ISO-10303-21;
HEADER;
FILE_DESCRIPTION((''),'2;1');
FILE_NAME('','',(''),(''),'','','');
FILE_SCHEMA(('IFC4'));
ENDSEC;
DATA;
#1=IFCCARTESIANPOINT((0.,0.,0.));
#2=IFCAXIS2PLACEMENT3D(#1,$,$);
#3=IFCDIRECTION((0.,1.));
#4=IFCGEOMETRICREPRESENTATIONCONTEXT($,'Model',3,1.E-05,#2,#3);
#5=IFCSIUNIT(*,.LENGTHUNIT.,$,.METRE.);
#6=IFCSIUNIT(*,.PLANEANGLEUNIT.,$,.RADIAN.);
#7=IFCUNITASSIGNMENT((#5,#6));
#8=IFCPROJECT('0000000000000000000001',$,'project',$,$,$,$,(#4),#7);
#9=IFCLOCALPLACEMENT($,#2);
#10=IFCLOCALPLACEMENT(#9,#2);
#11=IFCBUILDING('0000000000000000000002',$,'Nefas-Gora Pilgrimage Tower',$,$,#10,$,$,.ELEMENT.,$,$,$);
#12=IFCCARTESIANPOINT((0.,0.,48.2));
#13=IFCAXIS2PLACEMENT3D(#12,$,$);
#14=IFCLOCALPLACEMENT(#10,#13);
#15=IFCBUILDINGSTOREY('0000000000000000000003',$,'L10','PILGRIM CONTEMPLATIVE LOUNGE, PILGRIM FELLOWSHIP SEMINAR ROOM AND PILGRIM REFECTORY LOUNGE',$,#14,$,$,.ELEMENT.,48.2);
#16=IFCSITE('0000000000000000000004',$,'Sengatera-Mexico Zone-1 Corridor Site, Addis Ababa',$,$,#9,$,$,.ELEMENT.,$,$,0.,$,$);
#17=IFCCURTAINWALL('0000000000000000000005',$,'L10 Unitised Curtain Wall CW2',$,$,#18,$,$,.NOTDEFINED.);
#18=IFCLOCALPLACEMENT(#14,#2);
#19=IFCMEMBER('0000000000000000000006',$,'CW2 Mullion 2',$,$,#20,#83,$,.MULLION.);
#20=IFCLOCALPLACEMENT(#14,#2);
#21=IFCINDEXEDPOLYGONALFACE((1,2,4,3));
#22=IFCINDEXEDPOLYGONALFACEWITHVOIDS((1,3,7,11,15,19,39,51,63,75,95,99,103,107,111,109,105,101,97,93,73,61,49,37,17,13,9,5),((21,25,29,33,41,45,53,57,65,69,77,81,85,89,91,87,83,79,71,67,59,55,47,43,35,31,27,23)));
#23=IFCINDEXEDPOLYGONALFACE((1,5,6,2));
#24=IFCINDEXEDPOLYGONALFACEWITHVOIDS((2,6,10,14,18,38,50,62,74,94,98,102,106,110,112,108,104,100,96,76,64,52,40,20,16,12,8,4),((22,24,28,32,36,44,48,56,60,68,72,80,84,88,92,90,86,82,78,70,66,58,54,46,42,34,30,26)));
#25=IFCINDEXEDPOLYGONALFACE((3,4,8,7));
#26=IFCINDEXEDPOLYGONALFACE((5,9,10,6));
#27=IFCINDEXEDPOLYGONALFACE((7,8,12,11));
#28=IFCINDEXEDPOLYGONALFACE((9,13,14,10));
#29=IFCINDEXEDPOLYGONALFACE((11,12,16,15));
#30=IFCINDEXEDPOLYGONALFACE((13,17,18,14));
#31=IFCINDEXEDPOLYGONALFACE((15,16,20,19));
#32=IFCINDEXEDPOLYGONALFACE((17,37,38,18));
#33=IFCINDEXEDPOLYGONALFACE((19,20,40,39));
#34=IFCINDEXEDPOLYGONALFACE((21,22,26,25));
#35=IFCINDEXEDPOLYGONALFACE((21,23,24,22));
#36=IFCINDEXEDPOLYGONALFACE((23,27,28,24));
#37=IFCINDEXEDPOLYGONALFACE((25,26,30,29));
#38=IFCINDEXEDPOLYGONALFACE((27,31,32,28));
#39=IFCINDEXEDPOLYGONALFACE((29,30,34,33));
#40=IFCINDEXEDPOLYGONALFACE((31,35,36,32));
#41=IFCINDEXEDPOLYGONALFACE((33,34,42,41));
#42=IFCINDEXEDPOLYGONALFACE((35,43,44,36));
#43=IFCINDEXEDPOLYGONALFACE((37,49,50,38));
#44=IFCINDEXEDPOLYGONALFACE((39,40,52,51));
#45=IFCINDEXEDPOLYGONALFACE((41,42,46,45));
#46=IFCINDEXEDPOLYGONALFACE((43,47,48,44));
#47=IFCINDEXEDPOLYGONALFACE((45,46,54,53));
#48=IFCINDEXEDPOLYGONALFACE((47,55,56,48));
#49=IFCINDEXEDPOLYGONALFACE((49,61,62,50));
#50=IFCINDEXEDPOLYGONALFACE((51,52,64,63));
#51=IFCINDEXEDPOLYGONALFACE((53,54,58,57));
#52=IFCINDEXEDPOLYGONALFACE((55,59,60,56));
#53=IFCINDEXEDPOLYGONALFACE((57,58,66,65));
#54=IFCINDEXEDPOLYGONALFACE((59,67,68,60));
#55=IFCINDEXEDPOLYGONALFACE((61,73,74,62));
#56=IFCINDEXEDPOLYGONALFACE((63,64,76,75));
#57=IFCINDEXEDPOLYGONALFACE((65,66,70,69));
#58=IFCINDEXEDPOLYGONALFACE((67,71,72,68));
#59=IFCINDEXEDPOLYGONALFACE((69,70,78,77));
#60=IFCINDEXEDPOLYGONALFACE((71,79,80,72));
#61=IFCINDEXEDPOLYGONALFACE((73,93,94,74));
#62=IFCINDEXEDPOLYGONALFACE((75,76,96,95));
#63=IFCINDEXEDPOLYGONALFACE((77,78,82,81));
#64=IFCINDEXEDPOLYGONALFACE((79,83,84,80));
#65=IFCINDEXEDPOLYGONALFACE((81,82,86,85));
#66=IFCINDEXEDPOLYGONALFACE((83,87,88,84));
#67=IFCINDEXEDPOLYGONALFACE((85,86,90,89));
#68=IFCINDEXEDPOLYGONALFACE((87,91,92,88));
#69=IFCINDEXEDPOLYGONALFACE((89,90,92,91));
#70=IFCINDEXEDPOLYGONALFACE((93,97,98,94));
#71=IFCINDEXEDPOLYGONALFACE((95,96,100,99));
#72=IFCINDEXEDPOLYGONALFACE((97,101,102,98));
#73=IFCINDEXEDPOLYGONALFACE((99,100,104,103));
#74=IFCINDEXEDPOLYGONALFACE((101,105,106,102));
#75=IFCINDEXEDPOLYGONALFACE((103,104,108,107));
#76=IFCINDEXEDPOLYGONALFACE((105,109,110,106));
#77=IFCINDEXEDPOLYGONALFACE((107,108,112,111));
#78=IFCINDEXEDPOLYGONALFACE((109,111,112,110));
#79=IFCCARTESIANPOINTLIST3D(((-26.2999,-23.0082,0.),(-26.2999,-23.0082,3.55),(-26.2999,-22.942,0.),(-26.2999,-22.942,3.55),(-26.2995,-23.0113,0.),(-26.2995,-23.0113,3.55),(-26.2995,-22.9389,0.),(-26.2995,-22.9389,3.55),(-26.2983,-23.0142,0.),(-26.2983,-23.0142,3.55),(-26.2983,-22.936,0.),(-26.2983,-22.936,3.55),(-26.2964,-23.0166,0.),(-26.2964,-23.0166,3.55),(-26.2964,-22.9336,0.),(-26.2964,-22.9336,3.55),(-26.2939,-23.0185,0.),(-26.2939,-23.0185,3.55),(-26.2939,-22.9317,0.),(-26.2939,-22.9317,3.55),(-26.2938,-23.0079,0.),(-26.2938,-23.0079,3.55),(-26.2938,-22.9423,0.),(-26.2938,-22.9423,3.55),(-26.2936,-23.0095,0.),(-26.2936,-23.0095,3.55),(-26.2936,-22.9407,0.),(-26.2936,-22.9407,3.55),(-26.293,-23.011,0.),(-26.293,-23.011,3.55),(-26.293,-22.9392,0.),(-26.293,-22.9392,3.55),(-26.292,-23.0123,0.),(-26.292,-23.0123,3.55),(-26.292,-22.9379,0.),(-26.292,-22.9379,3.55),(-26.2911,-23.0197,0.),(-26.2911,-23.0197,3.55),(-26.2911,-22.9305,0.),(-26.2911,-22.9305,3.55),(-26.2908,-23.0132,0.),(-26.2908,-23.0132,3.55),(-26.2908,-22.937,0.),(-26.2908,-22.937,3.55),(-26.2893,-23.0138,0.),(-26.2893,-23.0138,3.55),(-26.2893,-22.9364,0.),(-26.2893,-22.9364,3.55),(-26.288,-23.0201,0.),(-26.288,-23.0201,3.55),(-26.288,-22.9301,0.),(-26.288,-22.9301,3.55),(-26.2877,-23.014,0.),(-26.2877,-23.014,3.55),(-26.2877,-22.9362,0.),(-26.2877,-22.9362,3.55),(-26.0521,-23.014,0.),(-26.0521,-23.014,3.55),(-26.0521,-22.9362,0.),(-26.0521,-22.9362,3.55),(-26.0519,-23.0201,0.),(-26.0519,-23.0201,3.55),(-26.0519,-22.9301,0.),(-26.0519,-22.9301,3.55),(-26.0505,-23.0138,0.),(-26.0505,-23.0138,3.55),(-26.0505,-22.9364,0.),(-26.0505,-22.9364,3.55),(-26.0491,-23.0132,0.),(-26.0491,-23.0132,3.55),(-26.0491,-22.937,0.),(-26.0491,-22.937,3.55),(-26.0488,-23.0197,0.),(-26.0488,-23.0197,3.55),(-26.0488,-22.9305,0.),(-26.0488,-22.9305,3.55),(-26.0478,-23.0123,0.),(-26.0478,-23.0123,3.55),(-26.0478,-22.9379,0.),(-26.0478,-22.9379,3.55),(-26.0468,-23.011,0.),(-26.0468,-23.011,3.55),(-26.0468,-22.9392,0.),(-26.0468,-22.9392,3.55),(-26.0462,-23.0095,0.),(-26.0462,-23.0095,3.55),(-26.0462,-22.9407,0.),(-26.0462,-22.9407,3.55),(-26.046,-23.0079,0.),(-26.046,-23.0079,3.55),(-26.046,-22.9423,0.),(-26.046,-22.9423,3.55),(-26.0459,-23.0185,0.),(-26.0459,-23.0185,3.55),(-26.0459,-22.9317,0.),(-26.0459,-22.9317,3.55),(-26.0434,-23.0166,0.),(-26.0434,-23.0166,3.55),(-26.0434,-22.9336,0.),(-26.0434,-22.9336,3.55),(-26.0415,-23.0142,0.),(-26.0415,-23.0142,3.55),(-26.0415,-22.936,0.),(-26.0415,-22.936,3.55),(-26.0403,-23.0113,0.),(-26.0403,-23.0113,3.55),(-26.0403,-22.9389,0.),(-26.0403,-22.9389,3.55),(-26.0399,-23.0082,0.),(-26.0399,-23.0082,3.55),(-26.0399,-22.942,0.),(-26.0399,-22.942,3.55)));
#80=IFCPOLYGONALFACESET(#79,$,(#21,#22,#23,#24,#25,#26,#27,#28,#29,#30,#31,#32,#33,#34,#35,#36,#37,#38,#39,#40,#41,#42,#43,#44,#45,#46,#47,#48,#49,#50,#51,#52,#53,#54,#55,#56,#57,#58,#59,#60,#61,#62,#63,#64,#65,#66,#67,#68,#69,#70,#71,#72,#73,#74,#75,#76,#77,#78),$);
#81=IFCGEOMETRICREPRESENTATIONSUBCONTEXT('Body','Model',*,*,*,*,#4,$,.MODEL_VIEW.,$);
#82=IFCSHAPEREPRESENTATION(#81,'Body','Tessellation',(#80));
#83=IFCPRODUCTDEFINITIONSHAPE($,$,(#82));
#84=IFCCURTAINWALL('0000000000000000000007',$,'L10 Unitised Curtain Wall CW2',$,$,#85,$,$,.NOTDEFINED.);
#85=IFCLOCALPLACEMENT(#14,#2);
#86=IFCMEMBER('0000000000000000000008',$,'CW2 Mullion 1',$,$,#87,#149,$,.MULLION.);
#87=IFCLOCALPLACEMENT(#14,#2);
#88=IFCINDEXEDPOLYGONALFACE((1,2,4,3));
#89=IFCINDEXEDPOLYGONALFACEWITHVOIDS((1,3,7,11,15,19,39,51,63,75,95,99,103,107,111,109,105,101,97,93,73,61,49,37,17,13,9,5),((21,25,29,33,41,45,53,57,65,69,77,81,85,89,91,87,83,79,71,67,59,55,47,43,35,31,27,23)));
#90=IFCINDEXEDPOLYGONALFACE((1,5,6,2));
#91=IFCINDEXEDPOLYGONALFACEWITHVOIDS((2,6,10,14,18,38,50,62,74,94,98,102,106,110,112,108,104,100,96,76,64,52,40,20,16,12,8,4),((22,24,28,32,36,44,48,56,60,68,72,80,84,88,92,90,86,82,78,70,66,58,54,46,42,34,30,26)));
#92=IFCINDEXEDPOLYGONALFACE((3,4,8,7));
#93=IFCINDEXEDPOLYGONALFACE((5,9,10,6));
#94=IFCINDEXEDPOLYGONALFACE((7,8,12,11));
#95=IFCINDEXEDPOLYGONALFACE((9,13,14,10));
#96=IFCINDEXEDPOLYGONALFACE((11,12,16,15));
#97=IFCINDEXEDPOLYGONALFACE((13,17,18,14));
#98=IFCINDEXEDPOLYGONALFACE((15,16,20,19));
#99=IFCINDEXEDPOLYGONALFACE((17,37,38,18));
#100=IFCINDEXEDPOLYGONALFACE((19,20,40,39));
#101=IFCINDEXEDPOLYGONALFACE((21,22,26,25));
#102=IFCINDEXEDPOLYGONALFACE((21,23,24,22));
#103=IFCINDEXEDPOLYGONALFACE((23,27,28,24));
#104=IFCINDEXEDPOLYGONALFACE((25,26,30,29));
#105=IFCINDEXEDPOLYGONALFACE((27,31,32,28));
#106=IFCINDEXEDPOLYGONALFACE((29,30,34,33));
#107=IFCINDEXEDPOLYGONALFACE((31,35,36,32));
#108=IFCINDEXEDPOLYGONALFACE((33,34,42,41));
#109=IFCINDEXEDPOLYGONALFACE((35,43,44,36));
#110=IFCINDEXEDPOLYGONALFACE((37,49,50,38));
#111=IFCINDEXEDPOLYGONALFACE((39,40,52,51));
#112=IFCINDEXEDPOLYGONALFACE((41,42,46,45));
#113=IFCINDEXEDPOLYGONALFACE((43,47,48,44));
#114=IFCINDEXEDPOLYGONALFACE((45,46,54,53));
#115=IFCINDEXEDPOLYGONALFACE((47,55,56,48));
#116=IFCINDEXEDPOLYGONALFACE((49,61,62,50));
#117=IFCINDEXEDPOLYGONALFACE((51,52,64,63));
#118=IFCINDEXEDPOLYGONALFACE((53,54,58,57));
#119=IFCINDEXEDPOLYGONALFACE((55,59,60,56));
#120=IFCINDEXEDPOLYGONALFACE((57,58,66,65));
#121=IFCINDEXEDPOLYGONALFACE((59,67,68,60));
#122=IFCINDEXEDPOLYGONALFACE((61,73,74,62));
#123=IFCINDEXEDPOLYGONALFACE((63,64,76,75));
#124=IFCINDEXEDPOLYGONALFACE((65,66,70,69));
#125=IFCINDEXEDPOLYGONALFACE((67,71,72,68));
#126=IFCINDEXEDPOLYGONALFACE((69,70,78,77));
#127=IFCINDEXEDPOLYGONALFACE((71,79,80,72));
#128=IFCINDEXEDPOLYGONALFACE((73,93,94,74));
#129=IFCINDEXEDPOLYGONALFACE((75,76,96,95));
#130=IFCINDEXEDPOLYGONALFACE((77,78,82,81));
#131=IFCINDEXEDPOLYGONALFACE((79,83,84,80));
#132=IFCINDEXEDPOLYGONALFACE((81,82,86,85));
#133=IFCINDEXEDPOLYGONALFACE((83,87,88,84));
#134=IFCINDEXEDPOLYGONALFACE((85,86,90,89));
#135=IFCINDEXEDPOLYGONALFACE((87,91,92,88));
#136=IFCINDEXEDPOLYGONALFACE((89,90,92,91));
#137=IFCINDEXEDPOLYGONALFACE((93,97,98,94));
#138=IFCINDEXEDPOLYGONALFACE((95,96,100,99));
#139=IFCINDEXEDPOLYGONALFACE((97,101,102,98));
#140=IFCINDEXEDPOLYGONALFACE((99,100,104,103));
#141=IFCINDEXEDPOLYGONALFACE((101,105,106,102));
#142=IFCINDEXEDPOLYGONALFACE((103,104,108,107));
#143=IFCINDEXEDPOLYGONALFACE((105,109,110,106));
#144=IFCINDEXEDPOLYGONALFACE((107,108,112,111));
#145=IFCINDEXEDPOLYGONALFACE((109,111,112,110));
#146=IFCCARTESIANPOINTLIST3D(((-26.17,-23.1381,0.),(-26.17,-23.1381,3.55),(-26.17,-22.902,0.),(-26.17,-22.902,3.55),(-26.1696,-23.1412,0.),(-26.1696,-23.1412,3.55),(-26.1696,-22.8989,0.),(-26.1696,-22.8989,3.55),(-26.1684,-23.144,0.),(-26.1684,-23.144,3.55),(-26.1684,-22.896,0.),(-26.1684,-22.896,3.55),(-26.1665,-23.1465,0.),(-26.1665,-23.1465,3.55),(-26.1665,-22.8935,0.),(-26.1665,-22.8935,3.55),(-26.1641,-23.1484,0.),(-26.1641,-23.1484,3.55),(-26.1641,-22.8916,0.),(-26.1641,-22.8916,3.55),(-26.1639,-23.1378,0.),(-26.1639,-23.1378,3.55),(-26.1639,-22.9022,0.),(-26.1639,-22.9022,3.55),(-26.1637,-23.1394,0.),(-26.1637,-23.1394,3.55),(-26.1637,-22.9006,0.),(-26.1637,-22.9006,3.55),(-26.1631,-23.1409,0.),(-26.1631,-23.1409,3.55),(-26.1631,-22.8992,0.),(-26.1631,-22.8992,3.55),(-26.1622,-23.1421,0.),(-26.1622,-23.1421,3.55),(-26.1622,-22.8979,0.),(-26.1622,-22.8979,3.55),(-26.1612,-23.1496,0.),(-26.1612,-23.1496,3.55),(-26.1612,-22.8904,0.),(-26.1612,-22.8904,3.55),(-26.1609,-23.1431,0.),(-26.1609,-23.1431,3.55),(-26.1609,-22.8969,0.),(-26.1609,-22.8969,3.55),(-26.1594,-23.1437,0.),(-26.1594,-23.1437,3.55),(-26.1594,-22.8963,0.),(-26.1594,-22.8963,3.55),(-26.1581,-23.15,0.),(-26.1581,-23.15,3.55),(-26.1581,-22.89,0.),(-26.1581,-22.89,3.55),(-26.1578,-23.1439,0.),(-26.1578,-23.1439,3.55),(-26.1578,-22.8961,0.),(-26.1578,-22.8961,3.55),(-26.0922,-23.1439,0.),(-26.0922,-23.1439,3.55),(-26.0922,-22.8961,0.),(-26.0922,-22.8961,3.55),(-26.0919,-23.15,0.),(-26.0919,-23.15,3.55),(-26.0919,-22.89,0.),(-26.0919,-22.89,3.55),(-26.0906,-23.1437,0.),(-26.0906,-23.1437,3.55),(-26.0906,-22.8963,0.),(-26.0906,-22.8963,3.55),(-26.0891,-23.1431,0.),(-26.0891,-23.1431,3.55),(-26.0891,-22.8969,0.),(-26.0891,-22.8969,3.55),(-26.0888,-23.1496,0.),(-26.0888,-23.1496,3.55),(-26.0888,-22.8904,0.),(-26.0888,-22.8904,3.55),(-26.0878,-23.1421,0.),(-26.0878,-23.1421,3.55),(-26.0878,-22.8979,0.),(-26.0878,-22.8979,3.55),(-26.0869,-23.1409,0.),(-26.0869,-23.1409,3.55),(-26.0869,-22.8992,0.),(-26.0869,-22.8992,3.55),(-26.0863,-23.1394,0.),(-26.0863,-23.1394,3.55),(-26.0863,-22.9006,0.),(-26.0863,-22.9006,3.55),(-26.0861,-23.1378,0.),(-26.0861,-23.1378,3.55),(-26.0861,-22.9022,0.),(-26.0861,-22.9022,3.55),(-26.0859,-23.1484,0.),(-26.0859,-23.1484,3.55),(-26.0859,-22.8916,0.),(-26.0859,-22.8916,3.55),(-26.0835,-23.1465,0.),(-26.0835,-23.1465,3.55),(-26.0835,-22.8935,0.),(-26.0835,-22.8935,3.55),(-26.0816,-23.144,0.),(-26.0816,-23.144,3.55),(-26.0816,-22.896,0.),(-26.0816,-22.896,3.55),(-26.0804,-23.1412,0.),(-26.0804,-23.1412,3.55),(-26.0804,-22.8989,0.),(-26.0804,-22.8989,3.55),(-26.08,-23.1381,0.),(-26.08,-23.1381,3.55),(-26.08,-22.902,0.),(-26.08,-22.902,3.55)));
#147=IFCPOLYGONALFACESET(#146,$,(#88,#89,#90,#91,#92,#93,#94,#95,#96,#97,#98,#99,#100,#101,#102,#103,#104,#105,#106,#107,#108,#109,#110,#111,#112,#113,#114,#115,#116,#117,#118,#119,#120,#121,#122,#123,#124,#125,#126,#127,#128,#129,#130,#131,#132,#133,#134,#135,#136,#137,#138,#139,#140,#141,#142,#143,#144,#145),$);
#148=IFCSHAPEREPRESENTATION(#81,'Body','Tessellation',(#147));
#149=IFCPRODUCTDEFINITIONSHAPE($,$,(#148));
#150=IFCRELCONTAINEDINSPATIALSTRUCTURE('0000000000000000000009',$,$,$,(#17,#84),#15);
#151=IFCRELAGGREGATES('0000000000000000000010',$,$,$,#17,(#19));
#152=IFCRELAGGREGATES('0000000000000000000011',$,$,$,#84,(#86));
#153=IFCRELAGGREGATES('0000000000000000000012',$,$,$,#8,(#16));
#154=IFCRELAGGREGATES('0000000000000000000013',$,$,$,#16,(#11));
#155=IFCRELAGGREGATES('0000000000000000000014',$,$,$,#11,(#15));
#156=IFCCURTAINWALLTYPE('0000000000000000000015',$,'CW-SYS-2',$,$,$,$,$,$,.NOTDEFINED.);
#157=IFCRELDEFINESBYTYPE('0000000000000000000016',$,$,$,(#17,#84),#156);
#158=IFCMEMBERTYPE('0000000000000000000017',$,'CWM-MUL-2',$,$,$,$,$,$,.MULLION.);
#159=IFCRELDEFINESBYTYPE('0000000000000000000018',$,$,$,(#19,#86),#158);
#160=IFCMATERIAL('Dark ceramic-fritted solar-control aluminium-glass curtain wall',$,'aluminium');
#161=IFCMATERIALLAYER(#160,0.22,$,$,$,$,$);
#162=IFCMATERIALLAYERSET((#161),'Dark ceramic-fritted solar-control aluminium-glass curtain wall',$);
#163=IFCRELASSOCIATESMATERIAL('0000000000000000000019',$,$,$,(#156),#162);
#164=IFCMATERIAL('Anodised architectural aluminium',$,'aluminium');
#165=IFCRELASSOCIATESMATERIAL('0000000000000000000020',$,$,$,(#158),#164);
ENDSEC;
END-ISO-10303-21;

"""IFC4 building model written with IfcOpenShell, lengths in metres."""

from ifc_helpers import new_model, si_unit, direction, frame, origin, origin_2d, place, context, subcontext, project, spatial, hollow_rectangle, extrude, source, transform, mapped, material, layer, layer_set, material_profile, profile_set, type_object, element, aggregate, save


model = new_model("IFC4")

# Units and contexts
model_context = context("Model", 3, precision=1e-05, world=origin(), true_north=direction((0.0, 1.0)))
body_context = subcontext(model_context, "Body", "Model", "MODEL_VIEW")
ifc_project = project(units=[si_unit("LENGTHUNIT", "METRE"), si_unit("PLANEANGLEUNIT", "RADIAN")], contexts=[model_context])

# Site, building, storey
site_placement = place(None, origin())
site = spatial("IfcSite", under=ifc_project, at=site_placement, Name="Sengatera-Mexico Zone-1 Corridor Site, Addis Ababa", CompositionType="ELEMENT", RefElevation=0.0)
building_placement = place(site_placement, origin())
building = spatial("IfcBuilding", under=site, at=building_placement, Name="Nefas-Gora Pilgrimage Tower", CompositionType="ELEMENT")
storey_placement = place(building_placement, frame((0.0, 0.0, 48.2)))
storey = spatial("IfcBuildingStorey", under=building, at=storey_placement, Name="L10", Description="PILGRIM CONTEMPLATIVE LOUNGE, PILGRIM FELLOWSHIP SEMINAR ROOM AND PILGRIM REFECTORY LOUNGE", CompositionType="ELEMENT", Elevation=48.2)

# Shared definitions
ifc_material_1 = material(Name="Dark ceramic-fritted solar-control aluminium-glass curtain wall", Category="aluminium")
ifc_material_2 = material(Name="Anodised architectural aluminium", Category="aluminium")

# Shared definitions
ifc_layer_1 = layer(ifc_material_1, 0.22)
ifc_layer_set_1 = layer_set([ifc_layer_1], Name="Dark ceramic-fritted solar-control aluminium-glass curtain wall")
curtain_wall_type_1 = type_object("IfcCurtainWallType", Name="CW-SYS-2", PredefinedType="NOTDEFINED", material=ifc_layer_set_1)
ifc_material_profile_1 = material_profile(ifc_material_2, hollow_rectangle(XDim=0.0901, YDim=0.26, WallThickness=0.0061, InnerFilletRadius=0.0061, OuterFilletRadius=0.012, at=origin_2d()), Name="ALU MULLION 90x260")
ifc_profile_set_1 = profile_set([ifc_material_profile_1], Name="Anodised architectural aluminium")
member_type_1 = type_object("IfcMemberType", Name="CWM-MUL-2", PredefinedType="MULLION", material=ifc_profile_set_1)
shared_shape_1 = source(origin(), body_context, "Body", "SweptSolid", [
    extrude(hollow_rectangle(XDim=0.0901, YDim=0.26, WallThickness=0.0061, InnerFilletRadius=0.0061, OuterFilletRadius=0.012, at=origin_2d()), origin(), (0.0, 0.0, 1.0), 3.55),
])

# Curtain walls, members
curtain_wall_1_placement = place(storey_placement, origin())
curtain_wall_1 = element("IfcCurtainWall", 1, at=curtain_wall_1_placement, inside=storey, type_object=curtain_wall_type_1, Name="L10 Unitised Curtain Wall CW2", PredefinedType="NOTDEFINED")
member_1_placement = place(storey_placement, frame((-26.1699, -22.9751, 0.0), z_axis=(0.0, 0.0, 1.0), x_axis=(0.0, -1.0, 0.0)))
member_1 = element("IfcMember", 2, at=member_1_placement, type_object=member_type_1, Name="CW2 Mullion 2", PredefinedType="MULLION", context=body_context, shape_type="MappedRepresentation", body=[
    mapped(shared_shape_1, transform((0.0, 0.0, 0.0), x_axis=(1.0, 0.0, 0.0), y_axis=(0.0, 1.0, 0.0), z_axis=(0.0, 0.0, 1.0), scale=1.0)),
])
curtain_wall_2_placement = place(storey_placement, origin())
curtain_wall_2 = element("IfcCurtainWall", 3, at=curtain_wall_2_placement, inside=storey, type_object=curtain_wall_type_1, Name="L10 Unitised Curtain Wall CW2", PredefinedType="NOTDEFINED")
member_2_placement = place(storey_placement, frame((-26.125, -23.02, 0.0), z_axis=(0.0, 0.0, 1.0), x_axis=(1.0, 0.0, 0.0)))
member_2 = element("IfcMember", 4, at=member_2_placement, type_object=member_type_1, Name="CW2 Mullion 1", PredefinedType="MULLION", context=body_context, shape_type="MappedRepresentation", body=[
    mapped(shared_shape_1, transform((0.0, 0.0, 0.0), x_axis=(1.0, 0.0, 0.0), y_axis=(0.0, 1.0, 0.0), z_axis=(0.0, 0.0, 1.0), scale=1.0)),
])

aggregate(curtain_wall_1, [member_1])
aggregate(curtain_wall_2, [member_2])

save(model, "model.ifc")
